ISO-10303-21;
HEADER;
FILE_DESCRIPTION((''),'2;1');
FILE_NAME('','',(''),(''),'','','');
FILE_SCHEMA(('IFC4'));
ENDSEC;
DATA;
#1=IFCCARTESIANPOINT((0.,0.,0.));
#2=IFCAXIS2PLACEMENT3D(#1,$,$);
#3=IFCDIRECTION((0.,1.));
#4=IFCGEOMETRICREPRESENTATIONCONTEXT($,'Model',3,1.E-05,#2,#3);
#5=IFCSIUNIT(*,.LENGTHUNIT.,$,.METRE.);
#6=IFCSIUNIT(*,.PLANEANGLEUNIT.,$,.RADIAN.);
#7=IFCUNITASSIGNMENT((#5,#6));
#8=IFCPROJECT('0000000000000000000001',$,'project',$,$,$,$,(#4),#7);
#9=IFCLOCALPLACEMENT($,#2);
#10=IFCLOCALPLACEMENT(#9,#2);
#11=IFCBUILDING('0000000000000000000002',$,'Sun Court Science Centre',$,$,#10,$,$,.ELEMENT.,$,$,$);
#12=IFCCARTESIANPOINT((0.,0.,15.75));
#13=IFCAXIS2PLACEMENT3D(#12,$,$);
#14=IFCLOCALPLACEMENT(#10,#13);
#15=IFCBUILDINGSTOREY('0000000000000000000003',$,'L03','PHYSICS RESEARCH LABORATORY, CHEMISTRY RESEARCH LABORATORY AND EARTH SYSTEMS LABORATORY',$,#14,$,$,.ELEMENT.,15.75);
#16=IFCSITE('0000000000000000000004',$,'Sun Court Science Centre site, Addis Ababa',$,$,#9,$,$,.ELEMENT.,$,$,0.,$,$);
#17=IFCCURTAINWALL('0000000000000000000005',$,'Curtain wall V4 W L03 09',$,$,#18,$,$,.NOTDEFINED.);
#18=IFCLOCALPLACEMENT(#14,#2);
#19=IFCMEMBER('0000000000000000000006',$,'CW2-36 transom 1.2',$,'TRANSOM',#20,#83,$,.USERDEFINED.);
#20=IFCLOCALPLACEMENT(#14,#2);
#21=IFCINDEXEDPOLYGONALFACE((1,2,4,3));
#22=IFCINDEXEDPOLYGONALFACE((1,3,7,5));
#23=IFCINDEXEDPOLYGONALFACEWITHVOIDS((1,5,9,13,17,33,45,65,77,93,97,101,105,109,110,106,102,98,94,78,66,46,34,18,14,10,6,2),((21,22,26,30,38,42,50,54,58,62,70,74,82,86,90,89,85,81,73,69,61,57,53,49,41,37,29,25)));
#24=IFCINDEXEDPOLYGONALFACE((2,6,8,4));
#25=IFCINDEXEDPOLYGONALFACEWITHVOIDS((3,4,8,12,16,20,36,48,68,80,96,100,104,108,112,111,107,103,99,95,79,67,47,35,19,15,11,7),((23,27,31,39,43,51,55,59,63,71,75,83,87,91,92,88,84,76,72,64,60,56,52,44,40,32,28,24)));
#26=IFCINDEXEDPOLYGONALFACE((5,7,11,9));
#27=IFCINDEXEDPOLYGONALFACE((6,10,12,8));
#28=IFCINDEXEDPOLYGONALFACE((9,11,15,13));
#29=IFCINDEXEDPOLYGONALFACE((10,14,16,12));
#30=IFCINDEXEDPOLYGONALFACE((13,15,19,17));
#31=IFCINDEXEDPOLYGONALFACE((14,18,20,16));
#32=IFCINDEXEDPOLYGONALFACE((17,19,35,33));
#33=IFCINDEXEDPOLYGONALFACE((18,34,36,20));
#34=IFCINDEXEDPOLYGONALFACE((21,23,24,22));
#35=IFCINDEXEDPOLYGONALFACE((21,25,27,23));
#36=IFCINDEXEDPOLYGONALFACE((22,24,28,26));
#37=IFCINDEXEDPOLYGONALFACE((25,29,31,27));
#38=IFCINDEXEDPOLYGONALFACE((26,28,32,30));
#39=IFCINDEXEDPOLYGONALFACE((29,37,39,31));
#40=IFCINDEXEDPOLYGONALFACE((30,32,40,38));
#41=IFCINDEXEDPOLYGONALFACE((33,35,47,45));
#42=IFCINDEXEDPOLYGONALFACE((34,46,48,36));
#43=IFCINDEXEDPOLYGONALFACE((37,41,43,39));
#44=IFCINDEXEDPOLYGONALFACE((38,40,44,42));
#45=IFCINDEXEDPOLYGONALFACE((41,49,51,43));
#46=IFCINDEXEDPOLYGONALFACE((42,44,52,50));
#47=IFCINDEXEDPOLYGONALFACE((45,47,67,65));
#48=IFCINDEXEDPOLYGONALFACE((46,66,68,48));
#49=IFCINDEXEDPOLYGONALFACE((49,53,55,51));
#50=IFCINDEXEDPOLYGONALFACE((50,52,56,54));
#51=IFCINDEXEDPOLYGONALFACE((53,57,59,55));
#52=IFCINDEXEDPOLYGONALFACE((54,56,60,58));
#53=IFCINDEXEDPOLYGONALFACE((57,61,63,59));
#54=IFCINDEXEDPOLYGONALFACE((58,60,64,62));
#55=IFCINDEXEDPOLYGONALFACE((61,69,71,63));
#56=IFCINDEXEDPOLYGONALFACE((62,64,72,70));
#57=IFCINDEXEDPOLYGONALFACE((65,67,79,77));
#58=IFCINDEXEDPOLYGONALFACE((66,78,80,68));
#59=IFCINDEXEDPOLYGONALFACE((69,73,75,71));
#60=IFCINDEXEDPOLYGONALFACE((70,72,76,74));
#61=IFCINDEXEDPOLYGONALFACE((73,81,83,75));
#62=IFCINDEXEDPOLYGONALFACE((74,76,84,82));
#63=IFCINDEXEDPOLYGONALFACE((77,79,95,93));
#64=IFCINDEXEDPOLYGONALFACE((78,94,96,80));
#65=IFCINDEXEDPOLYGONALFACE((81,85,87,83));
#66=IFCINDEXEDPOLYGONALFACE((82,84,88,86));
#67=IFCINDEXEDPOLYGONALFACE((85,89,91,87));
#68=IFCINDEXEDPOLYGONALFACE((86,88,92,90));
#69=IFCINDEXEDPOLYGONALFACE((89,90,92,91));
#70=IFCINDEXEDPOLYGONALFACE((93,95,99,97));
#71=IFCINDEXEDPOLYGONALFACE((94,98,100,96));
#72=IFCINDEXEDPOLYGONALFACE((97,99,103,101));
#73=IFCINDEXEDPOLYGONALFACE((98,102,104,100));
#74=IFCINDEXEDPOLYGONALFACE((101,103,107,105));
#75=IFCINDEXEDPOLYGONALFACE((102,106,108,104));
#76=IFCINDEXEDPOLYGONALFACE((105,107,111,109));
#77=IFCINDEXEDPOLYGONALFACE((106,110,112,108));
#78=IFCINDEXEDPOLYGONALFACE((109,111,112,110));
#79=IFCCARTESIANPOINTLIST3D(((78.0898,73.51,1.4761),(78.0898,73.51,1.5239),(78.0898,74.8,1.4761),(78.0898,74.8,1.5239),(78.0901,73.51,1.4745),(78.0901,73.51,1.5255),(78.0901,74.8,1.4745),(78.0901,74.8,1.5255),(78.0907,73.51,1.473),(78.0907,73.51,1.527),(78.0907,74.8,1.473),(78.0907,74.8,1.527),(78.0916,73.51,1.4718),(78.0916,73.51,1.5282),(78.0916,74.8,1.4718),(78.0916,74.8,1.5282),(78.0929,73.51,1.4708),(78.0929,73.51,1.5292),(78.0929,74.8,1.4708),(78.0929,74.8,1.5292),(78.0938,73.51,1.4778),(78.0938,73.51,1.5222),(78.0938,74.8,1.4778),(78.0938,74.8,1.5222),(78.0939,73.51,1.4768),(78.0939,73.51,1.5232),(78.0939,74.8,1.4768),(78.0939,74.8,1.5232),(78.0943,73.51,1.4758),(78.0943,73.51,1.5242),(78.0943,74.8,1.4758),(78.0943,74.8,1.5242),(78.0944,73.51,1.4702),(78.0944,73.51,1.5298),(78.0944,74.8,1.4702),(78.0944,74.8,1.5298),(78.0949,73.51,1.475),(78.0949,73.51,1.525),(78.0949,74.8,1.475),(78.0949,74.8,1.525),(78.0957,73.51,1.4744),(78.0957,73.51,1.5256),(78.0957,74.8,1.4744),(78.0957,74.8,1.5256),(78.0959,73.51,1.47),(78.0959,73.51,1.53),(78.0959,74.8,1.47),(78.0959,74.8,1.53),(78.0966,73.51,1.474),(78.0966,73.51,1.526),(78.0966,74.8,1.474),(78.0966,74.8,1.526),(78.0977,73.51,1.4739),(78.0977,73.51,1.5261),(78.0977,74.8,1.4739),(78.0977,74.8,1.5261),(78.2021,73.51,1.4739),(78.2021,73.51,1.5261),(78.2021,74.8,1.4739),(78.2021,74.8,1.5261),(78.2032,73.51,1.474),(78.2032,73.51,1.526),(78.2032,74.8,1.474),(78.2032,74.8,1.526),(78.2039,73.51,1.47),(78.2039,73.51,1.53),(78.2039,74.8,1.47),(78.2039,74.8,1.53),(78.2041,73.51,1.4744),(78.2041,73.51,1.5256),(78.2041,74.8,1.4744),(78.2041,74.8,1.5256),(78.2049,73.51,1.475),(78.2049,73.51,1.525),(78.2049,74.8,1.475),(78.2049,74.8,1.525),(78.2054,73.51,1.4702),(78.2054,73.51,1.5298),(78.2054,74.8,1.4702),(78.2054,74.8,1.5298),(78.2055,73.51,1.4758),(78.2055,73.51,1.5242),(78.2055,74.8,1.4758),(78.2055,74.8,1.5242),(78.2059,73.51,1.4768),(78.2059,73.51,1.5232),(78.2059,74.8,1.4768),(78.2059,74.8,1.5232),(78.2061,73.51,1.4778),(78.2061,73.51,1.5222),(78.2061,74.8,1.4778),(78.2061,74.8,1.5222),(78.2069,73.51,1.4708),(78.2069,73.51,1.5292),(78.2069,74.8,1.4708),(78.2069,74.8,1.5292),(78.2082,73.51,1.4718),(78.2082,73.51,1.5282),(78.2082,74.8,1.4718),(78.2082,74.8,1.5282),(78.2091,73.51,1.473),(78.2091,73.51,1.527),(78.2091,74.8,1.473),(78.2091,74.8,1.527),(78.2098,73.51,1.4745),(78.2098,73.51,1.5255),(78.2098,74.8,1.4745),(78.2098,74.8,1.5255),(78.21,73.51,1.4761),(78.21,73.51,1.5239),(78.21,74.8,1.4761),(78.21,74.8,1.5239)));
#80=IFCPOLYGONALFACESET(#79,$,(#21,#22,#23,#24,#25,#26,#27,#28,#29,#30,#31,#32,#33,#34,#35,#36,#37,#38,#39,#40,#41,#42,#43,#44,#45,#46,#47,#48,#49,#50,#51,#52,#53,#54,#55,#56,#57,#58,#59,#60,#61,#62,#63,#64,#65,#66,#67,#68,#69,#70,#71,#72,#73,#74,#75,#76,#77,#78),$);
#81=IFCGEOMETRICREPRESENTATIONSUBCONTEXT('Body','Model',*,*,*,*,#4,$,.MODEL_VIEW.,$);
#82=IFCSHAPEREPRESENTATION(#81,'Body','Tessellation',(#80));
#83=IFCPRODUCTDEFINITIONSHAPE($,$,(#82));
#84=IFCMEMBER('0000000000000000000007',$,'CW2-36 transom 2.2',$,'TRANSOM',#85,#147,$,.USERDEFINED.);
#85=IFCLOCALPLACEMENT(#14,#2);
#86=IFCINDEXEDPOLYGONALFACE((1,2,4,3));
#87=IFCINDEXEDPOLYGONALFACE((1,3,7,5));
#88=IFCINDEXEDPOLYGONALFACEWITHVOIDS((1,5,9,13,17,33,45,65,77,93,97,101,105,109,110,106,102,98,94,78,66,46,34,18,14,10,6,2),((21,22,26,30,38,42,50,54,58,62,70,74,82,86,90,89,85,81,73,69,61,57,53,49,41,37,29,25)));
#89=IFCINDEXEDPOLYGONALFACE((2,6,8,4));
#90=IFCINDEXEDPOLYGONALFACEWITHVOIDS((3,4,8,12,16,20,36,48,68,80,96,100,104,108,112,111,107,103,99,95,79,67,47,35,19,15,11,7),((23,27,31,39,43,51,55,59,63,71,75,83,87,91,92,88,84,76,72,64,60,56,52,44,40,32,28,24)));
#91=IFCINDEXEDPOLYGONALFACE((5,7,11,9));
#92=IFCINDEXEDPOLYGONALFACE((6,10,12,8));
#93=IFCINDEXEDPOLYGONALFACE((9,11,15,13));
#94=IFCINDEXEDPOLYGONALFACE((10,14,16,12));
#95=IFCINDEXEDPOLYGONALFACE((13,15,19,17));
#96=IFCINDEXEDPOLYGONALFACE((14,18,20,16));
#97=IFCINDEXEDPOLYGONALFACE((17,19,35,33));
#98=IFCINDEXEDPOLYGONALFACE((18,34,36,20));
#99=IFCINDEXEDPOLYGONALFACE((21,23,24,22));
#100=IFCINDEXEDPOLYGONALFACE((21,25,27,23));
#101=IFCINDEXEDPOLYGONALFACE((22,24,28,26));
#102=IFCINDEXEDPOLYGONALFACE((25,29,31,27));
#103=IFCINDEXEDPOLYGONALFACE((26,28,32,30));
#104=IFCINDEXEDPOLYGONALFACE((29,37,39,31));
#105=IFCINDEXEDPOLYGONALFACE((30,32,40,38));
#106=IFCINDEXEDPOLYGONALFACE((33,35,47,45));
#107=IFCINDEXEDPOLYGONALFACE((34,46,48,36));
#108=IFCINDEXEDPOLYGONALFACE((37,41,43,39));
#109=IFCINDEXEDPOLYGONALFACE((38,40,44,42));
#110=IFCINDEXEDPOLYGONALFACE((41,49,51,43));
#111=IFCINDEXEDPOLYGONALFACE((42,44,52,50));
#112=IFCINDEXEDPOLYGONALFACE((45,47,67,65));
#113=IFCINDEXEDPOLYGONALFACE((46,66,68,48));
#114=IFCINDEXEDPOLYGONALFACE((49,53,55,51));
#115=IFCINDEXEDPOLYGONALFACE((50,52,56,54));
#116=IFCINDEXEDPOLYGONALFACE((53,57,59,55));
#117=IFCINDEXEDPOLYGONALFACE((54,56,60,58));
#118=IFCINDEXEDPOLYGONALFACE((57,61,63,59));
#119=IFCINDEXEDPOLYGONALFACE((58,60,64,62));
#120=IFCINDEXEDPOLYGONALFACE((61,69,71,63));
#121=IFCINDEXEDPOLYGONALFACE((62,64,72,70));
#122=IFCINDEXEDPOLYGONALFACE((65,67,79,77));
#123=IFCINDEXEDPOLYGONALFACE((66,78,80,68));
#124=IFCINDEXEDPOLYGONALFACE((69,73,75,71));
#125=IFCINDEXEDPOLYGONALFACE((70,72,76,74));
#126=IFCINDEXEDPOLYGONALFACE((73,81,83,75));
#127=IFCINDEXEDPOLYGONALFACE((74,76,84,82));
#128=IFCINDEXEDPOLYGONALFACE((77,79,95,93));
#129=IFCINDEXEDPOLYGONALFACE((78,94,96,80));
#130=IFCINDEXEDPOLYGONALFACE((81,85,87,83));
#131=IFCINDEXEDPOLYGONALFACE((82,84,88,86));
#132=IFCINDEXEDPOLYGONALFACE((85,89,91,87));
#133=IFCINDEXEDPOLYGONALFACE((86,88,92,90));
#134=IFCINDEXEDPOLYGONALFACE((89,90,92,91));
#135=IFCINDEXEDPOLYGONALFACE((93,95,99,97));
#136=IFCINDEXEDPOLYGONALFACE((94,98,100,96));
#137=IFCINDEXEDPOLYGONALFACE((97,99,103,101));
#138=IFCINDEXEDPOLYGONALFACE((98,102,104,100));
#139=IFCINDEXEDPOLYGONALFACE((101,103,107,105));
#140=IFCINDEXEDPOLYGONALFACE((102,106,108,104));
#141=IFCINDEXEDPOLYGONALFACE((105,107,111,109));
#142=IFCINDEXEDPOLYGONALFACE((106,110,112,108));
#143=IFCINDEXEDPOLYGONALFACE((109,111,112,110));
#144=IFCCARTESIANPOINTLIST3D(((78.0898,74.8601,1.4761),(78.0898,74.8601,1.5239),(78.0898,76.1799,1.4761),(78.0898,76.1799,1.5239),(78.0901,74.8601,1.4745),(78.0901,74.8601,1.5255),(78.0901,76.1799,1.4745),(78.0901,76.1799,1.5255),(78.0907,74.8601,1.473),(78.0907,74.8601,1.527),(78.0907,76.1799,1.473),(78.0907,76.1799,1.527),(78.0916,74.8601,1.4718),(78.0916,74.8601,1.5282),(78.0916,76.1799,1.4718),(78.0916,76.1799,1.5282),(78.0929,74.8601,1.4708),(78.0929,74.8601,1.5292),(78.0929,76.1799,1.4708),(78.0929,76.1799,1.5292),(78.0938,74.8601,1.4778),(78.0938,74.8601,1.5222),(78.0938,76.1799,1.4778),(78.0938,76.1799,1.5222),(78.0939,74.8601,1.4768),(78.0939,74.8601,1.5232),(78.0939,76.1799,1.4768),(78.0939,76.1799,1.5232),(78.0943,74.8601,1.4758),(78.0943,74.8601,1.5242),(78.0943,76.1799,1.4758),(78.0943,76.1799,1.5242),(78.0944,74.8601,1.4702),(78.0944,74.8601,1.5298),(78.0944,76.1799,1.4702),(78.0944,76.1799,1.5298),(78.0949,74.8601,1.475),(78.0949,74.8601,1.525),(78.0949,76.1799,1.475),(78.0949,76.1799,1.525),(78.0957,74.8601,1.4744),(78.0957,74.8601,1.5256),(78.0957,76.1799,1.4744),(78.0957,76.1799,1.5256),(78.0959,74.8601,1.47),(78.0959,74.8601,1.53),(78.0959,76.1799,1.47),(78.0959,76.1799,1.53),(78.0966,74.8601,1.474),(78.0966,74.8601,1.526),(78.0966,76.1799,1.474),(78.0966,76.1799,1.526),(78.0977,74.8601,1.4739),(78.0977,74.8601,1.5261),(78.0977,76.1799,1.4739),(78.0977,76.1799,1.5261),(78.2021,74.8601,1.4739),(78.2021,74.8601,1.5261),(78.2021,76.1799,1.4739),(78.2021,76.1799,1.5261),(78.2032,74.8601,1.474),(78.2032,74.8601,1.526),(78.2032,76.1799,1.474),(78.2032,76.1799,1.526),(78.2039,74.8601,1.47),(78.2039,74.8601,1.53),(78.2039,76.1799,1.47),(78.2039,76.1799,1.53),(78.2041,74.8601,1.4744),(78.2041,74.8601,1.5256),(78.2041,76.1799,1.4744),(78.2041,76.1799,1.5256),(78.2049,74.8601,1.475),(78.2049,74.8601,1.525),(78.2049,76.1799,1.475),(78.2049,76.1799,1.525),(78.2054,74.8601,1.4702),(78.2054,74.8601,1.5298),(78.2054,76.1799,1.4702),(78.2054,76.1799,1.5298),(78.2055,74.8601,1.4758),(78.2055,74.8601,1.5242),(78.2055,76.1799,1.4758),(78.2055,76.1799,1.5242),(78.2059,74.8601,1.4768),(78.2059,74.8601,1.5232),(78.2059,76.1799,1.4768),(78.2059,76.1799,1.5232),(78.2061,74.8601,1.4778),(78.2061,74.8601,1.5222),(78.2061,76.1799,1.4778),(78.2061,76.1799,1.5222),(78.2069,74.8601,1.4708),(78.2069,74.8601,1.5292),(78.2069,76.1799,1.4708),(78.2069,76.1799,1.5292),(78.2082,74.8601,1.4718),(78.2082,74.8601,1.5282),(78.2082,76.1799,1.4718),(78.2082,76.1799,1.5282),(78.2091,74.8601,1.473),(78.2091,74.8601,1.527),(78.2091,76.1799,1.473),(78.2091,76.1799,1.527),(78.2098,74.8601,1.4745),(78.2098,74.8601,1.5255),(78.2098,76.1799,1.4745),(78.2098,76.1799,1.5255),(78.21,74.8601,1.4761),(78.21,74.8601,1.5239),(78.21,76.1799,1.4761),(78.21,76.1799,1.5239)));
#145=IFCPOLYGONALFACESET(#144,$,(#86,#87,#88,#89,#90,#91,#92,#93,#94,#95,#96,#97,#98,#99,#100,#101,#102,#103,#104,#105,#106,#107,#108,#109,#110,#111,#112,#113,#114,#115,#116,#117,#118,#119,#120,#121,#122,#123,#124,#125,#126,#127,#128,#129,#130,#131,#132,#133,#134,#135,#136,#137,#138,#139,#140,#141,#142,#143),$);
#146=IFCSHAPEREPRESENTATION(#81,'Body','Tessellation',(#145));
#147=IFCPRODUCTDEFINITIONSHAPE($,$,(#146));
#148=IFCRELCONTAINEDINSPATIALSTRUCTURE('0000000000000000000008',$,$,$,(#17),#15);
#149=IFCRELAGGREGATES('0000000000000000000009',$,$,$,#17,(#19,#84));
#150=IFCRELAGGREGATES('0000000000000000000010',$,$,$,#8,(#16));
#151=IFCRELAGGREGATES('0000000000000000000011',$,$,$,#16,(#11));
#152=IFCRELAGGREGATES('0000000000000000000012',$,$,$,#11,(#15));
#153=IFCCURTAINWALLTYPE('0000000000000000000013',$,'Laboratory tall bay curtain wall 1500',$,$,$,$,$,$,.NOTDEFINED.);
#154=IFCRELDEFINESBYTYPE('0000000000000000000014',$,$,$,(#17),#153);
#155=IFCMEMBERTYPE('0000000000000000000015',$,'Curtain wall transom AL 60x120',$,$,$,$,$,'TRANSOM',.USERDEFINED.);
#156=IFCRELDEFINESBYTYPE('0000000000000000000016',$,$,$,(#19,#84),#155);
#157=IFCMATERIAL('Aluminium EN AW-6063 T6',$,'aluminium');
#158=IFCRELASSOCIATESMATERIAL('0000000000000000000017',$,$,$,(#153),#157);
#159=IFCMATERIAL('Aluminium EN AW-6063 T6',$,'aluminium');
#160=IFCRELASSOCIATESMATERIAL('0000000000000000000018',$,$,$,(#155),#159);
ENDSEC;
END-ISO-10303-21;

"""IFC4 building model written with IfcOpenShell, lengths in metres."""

from ifc_helpers import new_model, si_unit, direction, frame, origin, origin_2d, place, context, subcontext, project, spatial, hollow_rectangle, extrude, material, material_profile, profile_set, type_object, element, aggregate, save


model = new_model("IFC4")

# Units and contexts
model_context = context("Model", 3, precision=1e-05, world=origin(), true_north=direction((0.0, 1.0)))
body_context = subcontext(model_context, "Body", "Model", "MODEL_VIEW")
ifc_project = project(units=[si_unit("LENGTHUNIT", "METRE"), si_unit("PLANEANGLEUNIT", "RADIAN")], contexts=[model_context])

# Site, building, storey
site_placement = place(None, origin())
site = spatial("IfcSite", under=ifc_project, at=site_placement, Name="Sun Court Science Centre site, Addis Ababa", CompositionType="ELEMENT", RefElevation=0.0)
building_placement = place(site_placement, origin())
building = spatial("IfcBuilding", under=site, at=building_placement, Name="Sun Court Science Centre", CompositionType="ELEMENT")
storey_placement = place(building_placement, frame((0.0, 0.0, 15.75)))
storey = spatial("IfcBuildingStorey", under=building, at=storey_placement, Name="L03", Description="PHYSICS RESEARCH LABORATORY, CHEMISTRY RESEARCH LABORATORY AND EARTH SYSTEMS LABORATORY", CompositionType="ELEMENT", Elevation=15.75)

# Shared definitions
ifc_material_1 = material(Name="Aluminium EN AW-6063 T6", Category="aluminium")
curtain_wall_type = type_object("IfcCurtainWallType", Name="Laboratory tall bay curtain wall 1500", PredefinedType="NOTDEFINED", material=ifc_material_1)

# Curtain wall
curtain_wall_1_placement = place(storey_placement, origin())
curtain_wall_1 = element("IfcCurtainWall", 1, at=curtain_wall_1_placement, inside=storey, type_object=curtain_wall_type, Name="Curtain wall V4 W L03 09", PredefinedType="NOTDEFINED")

# Members
ifc_material_2 = material(Name="Aluminium EN AW-6063 T6", Category="aluminium")
ifc_material_profile_1 = material_profile(ifc_material_2, hollow_rectangle(XDim=0.0601, YDim=0.1201, WallThickness=0.0039, InnerFilletRadius=0.0039, OuterFilletRadius=0.0061, at=origin_2d()), Name="AL 60x120x4")
ifc_profile_set_1 = profile_set([ifc_material_profile_1], Name="Aluminium EN AW-6063 T6")
member_type_1 = type_object("IfcMemberType", Name="Curtain wall transom AL 60x120", ElementType="TRANSOM", PredefinedType="USERDEFINED", material=ifc_profile_set_1)
member_1_placement = place(storey_placement, frame((78.1499, 73.51, 1.5), z_axis=(0.0, 1.0, 0.0), x_axis=(0.0, 0.0, 1.0)))
member_1 = element("IfcMember", 2, at=member_1_placement, type_object=member_type_1, Name="CW2-36 transom 1.2", ObjectType="TRANSOM", PredefinedType="USERDEFINED", context=body_context, shape_type="SweptSolid", body=[
    extrude(hollow_rectangle(XDim=0.0601, YDim=0.1201, WallThickness=0.0039, InnerFilletRadius=0.0039, OuterFilletRadius=0.0061, at=origin_2d()), origin(), (0.0, 0.0, 1.0), 1.29),
])
member_2_placement = place(storey_placement, frame((78.1499, 74.8601, 1.5), z_axis=(0.0, 1.0, 0.0), x_axis=(0.0, 0.0, 1.0)))
member_2 = element("IfcMember", 3, at=member_2_placement, type_object=member_type_1, Name="CW2-36 transom 2.2", ObjectType="TRANSOM", PredefinedType="USERDEFINED", context=body_context, shape_type="SweptSolid", body=[
    extrude(hollow_rectangle(XDim=0.0601, YDim=0.1201, WallThickness=0.0039, InnerFilletRadius=0.0039, OuterFilletRadius=0.0061, at=origin_2d()), origin(), (0.0, 0.0, 1.0), 1.3198),
])

aggregate(curtain_wall_1, [member_1, member_2])

save(model, "model.ifc")
